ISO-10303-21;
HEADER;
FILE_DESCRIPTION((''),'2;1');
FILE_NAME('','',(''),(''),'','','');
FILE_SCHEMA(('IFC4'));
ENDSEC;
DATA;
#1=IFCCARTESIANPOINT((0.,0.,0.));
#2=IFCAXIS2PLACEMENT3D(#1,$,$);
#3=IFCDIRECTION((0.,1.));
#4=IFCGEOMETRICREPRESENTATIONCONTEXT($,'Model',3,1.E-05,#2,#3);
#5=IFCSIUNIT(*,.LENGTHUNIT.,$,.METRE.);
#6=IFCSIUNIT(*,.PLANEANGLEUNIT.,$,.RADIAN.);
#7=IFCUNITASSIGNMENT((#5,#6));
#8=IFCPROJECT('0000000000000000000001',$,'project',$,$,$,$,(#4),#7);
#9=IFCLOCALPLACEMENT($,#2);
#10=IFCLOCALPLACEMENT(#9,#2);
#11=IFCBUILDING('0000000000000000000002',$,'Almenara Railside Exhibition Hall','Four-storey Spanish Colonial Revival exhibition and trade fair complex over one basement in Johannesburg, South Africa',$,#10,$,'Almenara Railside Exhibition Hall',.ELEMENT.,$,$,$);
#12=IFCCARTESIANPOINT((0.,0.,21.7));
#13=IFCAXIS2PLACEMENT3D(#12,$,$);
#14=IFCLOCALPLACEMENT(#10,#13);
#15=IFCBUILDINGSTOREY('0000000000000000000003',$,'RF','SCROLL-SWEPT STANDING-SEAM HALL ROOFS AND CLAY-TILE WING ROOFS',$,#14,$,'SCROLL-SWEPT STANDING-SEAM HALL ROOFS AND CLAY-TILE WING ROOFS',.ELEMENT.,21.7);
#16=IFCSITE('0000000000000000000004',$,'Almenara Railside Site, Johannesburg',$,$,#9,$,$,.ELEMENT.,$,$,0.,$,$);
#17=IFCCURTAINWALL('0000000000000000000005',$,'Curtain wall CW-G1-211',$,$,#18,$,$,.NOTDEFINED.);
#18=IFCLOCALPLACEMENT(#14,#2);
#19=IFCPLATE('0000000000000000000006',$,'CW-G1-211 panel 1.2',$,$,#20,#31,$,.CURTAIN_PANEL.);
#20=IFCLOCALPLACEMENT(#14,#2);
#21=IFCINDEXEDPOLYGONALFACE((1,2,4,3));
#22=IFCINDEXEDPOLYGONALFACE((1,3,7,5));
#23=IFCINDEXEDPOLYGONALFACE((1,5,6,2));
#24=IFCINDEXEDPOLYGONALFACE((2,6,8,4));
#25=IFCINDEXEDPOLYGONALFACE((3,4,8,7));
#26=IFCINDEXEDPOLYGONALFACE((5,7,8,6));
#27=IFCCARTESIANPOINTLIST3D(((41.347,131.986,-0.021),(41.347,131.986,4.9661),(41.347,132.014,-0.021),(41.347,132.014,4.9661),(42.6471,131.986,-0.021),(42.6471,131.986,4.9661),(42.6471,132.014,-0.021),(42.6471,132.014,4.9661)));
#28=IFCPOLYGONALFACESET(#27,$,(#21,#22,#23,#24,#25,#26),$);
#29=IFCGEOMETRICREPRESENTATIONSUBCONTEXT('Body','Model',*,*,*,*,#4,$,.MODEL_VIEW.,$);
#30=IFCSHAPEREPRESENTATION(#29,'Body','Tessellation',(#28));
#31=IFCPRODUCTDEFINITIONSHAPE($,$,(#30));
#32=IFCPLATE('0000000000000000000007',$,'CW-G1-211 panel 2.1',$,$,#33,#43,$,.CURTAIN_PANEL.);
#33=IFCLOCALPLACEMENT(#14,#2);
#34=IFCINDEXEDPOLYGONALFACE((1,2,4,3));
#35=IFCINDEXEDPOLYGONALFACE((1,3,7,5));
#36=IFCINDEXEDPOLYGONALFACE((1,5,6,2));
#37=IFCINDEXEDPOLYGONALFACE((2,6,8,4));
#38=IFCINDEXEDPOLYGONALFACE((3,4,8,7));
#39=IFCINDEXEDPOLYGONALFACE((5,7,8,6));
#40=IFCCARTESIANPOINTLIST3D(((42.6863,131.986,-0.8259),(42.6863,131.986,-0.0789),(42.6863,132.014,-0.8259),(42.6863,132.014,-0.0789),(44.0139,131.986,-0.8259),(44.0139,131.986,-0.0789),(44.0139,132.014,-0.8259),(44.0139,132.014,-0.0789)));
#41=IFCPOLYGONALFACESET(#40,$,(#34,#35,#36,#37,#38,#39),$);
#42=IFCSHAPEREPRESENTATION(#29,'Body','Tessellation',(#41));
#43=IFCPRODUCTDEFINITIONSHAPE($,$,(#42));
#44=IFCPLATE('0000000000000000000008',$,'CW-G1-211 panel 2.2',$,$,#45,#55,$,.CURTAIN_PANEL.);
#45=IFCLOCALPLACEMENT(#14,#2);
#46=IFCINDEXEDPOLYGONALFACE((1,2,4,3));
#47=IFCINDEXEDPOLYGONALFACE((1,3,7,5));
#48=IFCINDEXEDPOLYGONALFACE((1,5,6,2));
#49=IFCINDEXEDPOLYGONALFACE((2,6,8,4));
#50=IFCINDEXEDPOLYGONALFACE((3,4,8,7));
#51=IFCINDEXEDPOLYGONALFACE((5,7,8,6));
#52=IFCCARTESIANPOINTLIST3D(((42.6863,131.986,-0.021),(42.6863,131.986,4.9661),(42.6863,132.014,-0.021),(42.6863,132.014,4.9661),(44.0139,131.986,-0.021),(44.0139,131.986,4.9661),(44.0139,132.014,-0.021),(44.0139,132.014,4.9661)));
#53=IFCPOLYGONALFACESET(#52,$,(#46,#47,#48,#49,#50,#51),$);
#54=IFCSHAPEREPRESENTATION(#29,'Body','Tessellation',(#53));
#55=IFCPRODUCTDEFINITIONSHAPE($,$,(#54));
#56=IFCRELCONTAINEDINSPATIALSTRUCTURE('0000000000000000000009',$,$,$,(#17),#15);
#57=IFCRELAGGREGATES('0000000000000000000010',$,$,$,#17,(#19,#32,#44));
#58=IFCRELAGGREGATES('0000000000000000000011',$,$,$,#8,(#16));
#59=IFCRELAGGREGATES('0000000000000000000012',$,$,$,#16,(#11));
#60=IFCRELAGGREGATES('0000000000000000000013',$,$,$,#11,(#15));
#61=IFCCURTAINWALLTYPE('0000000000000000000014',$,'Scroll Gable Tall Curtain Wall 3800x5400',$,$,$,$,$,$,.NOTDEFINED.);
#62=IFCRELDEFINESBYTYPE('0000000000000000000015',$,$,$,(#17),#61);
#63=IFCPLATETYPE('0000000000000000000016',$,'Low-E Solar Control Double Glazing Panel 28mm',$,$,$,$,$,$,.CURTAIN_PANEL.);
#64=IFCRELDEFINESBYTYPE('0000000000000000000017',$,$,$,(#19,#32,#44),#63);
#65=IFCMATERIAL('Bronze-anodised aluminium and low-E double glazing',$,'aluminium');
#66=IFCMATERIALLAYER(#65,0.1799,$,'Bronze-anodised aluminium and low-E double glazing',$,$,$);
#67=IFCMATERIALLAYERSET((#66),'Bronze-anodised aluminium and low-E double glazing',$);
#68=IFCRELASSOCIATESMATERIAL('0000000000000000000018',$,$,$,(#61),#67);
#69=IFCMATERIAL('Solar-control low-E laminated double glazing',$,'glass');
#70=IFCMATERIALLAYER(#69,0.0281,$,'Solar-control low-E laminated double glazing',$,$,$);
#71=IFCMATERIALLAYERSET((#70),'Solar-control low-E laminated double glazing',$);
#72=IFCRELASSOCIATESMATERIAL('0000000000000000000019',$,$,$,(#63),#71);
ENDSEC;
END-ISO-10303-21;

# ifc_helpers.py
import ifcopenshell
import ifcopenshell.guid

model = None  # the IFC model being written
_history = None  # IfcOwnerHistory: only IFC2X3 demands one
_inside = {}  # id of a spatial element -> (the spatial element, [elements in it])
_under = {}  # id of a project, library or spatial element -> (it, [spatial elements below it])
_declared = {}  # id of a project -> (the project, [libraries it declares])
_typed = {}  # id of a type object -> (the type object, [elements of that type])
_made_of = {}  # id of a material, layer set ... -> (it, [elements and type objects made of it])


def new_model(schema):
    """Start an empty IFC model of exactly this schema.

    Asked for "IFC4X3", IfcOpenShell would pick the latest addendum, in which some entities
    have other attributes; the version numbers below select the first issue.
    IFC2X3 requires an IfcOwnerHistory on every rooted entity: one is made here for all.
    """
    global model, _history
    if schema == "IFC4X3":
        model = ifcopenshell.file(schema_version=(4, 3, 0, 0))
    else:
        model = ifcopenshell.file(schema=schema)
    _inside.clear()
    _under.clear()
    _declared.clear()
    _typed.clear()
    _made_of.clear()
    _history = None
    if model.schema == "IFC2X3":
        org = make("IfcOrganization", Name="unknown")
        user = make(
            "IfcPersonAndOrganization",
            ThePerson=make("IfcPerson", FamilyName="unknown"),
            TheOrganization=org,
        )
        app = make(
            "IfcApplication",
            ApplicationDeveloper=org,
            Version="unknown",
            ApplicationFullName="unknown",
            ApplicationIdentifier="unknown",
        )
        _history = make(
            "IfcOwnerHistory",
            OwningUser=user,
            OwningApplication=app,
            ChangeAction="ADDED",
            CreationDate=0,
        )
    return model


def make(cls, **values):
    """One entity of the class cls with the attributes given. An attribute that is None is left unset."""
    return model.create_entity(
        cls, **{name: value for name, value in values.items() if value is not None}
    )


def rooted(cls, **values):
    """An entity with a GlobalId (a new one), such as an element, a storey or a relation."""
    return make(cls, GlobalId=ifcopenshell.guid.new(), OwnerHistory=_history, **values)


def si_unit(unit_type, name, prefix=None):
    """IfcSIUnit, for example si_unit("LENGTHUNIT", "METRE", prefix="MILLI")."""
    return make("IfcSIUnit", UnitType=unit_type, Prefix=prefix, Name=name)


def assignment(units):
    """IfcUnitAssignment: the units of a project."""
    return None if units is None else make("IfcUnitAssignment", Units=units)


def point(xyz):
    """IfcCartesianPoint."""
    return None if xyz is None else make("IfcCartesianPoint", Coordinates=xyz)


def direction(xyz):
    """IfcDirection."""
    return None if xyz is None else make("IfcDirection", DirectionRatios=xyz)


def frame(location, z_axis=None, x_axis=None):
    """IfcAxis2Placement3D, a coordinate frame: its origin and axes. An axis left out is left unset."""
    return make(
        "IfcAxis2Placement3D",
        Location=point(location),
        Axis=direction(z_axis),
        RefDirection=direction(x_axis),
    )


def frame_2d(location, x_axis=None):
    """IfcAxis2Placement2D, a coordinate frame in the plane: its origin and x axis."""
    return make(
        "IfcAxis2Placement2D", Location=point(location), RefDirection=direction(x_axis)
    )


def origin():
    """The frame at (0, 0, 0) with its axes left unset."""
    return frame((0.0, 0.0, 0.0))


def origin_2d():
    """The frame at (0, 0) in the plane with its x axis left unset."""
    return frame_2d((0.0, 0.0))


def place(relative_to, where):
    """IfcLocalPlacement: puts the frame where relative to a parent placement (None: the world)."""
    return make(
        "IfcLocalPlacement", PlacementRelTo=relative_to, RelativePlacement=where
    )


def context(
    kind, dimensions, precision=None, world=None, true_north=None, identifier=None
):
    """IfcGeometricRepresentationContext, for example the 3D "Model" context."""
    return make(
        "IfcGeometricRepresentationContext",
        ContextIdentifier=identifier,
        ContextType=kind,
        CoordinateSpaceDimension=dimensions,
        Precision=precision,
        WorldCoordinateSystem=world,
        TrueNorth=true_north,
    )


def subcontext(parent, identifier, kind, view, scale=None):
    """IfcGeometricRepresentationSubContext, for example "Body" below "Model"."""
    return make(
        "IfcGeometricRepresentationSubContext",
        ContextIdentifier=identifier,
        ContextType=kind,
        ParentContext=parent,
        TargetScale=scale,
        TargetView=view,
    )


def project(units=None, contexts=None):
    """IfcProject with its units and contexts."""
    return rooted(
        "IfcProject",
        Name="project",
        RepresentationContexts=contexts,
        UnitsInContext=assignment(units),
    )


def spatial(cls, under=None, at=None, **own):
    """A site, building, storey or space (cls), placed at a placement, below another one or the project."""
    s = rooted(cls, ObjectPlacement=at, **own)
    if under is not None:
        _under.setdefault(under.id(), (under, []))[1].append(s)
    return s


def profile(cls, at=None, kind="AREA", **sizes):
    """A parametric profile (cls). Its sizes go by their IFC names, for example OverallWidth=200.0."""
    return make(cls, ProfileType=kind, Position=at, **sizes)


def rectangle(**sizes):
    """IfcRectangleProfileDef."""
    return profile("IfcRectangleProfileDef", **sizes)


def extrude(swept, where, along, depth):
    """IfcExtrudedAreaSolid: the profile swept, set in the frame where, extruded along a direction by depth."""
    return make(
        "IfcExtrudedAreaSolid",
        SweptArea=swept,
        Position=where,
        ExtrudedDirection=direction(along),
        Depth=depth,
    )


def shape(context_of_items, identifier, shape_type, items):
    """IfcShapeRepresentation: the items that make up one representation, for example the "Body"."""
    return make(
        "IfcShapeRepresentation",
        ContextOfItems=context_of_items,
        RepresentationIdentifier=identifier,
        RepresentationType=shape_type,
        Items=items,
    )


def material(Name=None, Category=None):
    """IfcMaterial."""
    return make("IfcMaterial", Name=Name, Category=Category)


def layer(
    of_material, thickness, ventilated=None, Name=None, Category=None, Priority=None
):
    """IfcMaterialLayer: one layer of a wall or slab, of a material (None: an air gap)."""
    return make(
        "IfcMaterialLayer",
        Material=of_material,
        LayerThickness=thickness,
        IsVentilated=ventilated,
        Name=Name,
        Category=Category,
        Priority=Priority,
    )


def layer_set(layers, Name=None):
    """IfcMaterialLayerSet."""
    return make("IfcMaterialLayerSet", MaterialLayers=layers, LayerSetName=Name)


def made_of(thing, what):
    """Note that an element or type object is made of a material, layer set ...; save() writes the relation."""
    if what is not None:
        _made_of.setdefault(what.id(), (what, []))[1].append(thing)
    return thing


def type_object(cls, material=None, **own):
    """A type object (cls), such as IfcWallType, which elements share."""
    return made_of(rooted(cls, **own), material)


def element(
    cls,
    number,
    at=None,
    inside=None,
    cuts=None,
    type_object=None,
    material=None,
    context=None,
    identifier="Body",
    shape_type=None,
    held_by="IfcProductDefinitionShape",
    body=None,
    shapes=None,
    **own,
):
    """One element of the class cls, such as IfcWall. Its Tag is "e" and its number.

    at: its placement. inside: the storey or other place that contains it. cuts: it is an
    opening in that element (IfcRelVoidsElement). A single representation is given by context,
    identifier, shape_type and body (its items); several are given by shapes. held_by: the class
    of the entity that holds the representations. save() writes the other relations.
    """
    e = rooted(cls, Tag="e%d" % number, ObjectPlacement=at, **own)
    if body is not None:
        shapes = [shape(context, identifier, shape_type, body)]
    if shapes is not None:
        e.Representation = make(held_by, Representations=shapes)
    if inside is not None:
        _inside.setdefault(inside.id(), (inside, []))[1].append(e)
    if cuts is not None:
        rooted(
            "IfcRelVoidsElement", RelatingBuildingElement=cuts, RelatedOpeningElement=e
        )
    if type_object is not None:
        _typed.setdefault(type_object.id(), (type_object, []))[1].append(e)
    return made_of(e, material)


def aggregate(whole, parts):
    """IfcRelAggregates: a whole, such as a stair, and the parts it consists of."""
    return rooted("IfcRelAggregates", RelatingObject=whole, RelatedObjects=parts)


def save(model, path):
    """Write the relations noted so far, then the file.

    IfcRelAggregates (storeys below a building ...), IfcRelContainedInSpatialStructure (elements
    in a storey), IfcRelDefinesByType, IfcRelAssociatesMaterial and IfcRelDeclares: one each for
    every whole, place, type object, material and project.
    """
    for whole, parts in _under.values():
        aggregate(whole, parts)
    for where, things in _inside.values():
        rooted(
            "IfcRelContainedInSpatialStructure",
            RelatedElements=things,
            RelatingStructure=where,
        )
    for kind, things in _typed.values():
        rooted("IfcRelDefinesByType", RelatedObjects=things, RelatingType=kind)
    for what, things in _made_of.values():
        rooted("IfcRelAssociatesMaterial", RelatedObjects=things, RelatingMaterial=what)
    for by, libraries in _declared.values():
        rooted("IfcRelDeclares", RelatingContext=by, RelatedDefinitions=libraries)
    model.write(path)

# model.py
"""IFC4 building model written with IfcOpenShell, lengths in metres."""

from ifc_helpers import new_model, si_unit, direction, frame, origin, origin_2d, place, context, subcontext, project, spatial, rectangle, extrude, material, layer, layer_set, type_object, element, aggregate, save


model = new_model("IFC4")

# Units and contexts
model_context = context("Model", 3, precision=1e-05, world=origin(), true_north=direction((0.0, 1.0)))
body_context = subcontext(model_context, "Body", "Model", "MODEL_VIEW")
ifc_project = project(units=[si_unit("LENGTHUNIT", "METRE"), si_unit("PLANEANGLEUNIT", "RADIAN")], contexts=[model_context])

# Site, building, storey
site_placement = place(None, origin())
site = spatial("IfcSite", under=ifc_project, at=site_placement, Name="Almenara Railside Site, Johannesburg", CompositionType="ELEMENT", RefElevation=0.0)
building_placement = place(site_placement, origin())
building = spatial("IfcBuilding", under=site, at=building_placement, Name="Almenara Railside Exhibition Hall", Description="Four-storey Spanish Colonial Revival exhibition and trade fair complex over one basement in Johannesburg, South Africa", LongName="Almenara Railside Exhibition Hall", CompositionType="ELEMENT")
storey_placement = place(building_placement, frame((0.0, 0.0, 21.7)))
storey = spatial("IfcBuildingStorey", under=building, at=storey_placement, Name="RF", Description="SCROLL-SWEPT STANDING-SEAM HALL ROOFS AND CLAY-TILE WING ROOFS", LongName="SCROLL-SWEPT STANDING-SEAM HALL ROOFS AND CLAY-TILE WING ROOFS", CompositionType="ELEMENT", Elevation=21.7)

# Curtain wall
ifc_material_1 = material(Name="Bronze-anodised aluminium and low-E double glazing", Category="aluminium")
ifc_layer_1 = layer(ifc_material_1, 0.1799, Name="Bronze-anodised aluminium and low-E double glazing")
ifc_layer_set_1 = layer_set([ifc_layer_1], Name="Bronze-anodised aluminium and low-E double glazing")
curtain_wall_type = type_object("IfcCurtainWallType", Name="Scroll Gable Tall Curtain Wall 3800x5400", PredefinedType="NOTDEFINED", material=ifc_layer_set_1)
curtain_wall_1_placement = place(storey_placement, origin())
curtain_wall_1 = element("IfcCurtainWall", 1, at=curtain_wall_1_placement, inside=storey, type_object=curtain_wall_type, Name="Curtain wall CW-G1-211", PredefinedType="NOTDEFINED")

# Plates
ifc_material_2 = material(Name="Solar-control low-E laminated double glazing", Category="glass")
ifc_layer_2 = layer(ifc_material_2, 0.0281, Name="Solar-control low-E laminated double glazing")
ifc_layer_set_2 = layer_set([ifc_layer_2], Name="Solar-control low-E laminated double glazing")
plate_type_1 = type_object("IfcPlateType", Name="Low-E Solar Control Double Glazing Panel 28mm", PredefinedType="CURTAIN_PANEL", material=ifc_layer_set_2)
plate_1_placement = place(storey_placement, frame((41.9971, 132.0, -0.021), z_axis=(0.0, 0.0, 1.0), x_axis=(1.0, 0.0, 0.0)))
plate_1 = element("IfcPlate", 2, at=plate_1_placement, type_object=plate_type_1, Name="CW-G1-211 panel 1.2", PredefinedType="CURTAIN_PANEL", context=body_context, shape_type="SweptSolid", body=[
    extrude(rectangle(XDim=1.3, YDim=0.0281, at=origin_2d()), origin(), (0.0, 0.0, 1.0), 4.9871),
])
plate_2_placement = place(storey_placement, frame((43.3501, 132.0, -0.8259), z_axis=(0.0, 0.0, 1.0), x_axis=(1.0, 0.0, 0.0)))
plate_2 = element("IfcPlate", 3, at=plate_2_placement, type_object=plate_type_1, Name="CW-G1-211 panel 2.1", PredefinedType="CURTAIN_PANEL", context=body_context, shape_type="SweptSolid", body=[
    extrude(rectangle(XDim=1.3276, YDim=0.0281, at=origin_2d()), origin(), (0.0, 0.0, 1.0), 0.7471),
])
plate_3_placement = place(storey_placement, frame((43.3501, 132.0, -0.021), z_axis=(0.0, 0.0, 1.0), x_axis=(1.0, 0.0, 0.0)))
plate_3 = element("IfcPlate", 4, at=plate_3_placement, type_object=plate_type_1, Name="CW-G1-211 panel 2.2", PredefinedType="CURTAIN_PANEL", context=body_context, shape_type="SweptSolid", body=[
    extrude(rectangle(XDim=1.3276, YDim=0.0281, at=origin_2d()), origin(), (0.0, 0.0, 1.0), 4.9871),
])
aggregate(curtain_wall_1, [plate_1, plate_2, plate_3])

save(model, "model.ifc")
